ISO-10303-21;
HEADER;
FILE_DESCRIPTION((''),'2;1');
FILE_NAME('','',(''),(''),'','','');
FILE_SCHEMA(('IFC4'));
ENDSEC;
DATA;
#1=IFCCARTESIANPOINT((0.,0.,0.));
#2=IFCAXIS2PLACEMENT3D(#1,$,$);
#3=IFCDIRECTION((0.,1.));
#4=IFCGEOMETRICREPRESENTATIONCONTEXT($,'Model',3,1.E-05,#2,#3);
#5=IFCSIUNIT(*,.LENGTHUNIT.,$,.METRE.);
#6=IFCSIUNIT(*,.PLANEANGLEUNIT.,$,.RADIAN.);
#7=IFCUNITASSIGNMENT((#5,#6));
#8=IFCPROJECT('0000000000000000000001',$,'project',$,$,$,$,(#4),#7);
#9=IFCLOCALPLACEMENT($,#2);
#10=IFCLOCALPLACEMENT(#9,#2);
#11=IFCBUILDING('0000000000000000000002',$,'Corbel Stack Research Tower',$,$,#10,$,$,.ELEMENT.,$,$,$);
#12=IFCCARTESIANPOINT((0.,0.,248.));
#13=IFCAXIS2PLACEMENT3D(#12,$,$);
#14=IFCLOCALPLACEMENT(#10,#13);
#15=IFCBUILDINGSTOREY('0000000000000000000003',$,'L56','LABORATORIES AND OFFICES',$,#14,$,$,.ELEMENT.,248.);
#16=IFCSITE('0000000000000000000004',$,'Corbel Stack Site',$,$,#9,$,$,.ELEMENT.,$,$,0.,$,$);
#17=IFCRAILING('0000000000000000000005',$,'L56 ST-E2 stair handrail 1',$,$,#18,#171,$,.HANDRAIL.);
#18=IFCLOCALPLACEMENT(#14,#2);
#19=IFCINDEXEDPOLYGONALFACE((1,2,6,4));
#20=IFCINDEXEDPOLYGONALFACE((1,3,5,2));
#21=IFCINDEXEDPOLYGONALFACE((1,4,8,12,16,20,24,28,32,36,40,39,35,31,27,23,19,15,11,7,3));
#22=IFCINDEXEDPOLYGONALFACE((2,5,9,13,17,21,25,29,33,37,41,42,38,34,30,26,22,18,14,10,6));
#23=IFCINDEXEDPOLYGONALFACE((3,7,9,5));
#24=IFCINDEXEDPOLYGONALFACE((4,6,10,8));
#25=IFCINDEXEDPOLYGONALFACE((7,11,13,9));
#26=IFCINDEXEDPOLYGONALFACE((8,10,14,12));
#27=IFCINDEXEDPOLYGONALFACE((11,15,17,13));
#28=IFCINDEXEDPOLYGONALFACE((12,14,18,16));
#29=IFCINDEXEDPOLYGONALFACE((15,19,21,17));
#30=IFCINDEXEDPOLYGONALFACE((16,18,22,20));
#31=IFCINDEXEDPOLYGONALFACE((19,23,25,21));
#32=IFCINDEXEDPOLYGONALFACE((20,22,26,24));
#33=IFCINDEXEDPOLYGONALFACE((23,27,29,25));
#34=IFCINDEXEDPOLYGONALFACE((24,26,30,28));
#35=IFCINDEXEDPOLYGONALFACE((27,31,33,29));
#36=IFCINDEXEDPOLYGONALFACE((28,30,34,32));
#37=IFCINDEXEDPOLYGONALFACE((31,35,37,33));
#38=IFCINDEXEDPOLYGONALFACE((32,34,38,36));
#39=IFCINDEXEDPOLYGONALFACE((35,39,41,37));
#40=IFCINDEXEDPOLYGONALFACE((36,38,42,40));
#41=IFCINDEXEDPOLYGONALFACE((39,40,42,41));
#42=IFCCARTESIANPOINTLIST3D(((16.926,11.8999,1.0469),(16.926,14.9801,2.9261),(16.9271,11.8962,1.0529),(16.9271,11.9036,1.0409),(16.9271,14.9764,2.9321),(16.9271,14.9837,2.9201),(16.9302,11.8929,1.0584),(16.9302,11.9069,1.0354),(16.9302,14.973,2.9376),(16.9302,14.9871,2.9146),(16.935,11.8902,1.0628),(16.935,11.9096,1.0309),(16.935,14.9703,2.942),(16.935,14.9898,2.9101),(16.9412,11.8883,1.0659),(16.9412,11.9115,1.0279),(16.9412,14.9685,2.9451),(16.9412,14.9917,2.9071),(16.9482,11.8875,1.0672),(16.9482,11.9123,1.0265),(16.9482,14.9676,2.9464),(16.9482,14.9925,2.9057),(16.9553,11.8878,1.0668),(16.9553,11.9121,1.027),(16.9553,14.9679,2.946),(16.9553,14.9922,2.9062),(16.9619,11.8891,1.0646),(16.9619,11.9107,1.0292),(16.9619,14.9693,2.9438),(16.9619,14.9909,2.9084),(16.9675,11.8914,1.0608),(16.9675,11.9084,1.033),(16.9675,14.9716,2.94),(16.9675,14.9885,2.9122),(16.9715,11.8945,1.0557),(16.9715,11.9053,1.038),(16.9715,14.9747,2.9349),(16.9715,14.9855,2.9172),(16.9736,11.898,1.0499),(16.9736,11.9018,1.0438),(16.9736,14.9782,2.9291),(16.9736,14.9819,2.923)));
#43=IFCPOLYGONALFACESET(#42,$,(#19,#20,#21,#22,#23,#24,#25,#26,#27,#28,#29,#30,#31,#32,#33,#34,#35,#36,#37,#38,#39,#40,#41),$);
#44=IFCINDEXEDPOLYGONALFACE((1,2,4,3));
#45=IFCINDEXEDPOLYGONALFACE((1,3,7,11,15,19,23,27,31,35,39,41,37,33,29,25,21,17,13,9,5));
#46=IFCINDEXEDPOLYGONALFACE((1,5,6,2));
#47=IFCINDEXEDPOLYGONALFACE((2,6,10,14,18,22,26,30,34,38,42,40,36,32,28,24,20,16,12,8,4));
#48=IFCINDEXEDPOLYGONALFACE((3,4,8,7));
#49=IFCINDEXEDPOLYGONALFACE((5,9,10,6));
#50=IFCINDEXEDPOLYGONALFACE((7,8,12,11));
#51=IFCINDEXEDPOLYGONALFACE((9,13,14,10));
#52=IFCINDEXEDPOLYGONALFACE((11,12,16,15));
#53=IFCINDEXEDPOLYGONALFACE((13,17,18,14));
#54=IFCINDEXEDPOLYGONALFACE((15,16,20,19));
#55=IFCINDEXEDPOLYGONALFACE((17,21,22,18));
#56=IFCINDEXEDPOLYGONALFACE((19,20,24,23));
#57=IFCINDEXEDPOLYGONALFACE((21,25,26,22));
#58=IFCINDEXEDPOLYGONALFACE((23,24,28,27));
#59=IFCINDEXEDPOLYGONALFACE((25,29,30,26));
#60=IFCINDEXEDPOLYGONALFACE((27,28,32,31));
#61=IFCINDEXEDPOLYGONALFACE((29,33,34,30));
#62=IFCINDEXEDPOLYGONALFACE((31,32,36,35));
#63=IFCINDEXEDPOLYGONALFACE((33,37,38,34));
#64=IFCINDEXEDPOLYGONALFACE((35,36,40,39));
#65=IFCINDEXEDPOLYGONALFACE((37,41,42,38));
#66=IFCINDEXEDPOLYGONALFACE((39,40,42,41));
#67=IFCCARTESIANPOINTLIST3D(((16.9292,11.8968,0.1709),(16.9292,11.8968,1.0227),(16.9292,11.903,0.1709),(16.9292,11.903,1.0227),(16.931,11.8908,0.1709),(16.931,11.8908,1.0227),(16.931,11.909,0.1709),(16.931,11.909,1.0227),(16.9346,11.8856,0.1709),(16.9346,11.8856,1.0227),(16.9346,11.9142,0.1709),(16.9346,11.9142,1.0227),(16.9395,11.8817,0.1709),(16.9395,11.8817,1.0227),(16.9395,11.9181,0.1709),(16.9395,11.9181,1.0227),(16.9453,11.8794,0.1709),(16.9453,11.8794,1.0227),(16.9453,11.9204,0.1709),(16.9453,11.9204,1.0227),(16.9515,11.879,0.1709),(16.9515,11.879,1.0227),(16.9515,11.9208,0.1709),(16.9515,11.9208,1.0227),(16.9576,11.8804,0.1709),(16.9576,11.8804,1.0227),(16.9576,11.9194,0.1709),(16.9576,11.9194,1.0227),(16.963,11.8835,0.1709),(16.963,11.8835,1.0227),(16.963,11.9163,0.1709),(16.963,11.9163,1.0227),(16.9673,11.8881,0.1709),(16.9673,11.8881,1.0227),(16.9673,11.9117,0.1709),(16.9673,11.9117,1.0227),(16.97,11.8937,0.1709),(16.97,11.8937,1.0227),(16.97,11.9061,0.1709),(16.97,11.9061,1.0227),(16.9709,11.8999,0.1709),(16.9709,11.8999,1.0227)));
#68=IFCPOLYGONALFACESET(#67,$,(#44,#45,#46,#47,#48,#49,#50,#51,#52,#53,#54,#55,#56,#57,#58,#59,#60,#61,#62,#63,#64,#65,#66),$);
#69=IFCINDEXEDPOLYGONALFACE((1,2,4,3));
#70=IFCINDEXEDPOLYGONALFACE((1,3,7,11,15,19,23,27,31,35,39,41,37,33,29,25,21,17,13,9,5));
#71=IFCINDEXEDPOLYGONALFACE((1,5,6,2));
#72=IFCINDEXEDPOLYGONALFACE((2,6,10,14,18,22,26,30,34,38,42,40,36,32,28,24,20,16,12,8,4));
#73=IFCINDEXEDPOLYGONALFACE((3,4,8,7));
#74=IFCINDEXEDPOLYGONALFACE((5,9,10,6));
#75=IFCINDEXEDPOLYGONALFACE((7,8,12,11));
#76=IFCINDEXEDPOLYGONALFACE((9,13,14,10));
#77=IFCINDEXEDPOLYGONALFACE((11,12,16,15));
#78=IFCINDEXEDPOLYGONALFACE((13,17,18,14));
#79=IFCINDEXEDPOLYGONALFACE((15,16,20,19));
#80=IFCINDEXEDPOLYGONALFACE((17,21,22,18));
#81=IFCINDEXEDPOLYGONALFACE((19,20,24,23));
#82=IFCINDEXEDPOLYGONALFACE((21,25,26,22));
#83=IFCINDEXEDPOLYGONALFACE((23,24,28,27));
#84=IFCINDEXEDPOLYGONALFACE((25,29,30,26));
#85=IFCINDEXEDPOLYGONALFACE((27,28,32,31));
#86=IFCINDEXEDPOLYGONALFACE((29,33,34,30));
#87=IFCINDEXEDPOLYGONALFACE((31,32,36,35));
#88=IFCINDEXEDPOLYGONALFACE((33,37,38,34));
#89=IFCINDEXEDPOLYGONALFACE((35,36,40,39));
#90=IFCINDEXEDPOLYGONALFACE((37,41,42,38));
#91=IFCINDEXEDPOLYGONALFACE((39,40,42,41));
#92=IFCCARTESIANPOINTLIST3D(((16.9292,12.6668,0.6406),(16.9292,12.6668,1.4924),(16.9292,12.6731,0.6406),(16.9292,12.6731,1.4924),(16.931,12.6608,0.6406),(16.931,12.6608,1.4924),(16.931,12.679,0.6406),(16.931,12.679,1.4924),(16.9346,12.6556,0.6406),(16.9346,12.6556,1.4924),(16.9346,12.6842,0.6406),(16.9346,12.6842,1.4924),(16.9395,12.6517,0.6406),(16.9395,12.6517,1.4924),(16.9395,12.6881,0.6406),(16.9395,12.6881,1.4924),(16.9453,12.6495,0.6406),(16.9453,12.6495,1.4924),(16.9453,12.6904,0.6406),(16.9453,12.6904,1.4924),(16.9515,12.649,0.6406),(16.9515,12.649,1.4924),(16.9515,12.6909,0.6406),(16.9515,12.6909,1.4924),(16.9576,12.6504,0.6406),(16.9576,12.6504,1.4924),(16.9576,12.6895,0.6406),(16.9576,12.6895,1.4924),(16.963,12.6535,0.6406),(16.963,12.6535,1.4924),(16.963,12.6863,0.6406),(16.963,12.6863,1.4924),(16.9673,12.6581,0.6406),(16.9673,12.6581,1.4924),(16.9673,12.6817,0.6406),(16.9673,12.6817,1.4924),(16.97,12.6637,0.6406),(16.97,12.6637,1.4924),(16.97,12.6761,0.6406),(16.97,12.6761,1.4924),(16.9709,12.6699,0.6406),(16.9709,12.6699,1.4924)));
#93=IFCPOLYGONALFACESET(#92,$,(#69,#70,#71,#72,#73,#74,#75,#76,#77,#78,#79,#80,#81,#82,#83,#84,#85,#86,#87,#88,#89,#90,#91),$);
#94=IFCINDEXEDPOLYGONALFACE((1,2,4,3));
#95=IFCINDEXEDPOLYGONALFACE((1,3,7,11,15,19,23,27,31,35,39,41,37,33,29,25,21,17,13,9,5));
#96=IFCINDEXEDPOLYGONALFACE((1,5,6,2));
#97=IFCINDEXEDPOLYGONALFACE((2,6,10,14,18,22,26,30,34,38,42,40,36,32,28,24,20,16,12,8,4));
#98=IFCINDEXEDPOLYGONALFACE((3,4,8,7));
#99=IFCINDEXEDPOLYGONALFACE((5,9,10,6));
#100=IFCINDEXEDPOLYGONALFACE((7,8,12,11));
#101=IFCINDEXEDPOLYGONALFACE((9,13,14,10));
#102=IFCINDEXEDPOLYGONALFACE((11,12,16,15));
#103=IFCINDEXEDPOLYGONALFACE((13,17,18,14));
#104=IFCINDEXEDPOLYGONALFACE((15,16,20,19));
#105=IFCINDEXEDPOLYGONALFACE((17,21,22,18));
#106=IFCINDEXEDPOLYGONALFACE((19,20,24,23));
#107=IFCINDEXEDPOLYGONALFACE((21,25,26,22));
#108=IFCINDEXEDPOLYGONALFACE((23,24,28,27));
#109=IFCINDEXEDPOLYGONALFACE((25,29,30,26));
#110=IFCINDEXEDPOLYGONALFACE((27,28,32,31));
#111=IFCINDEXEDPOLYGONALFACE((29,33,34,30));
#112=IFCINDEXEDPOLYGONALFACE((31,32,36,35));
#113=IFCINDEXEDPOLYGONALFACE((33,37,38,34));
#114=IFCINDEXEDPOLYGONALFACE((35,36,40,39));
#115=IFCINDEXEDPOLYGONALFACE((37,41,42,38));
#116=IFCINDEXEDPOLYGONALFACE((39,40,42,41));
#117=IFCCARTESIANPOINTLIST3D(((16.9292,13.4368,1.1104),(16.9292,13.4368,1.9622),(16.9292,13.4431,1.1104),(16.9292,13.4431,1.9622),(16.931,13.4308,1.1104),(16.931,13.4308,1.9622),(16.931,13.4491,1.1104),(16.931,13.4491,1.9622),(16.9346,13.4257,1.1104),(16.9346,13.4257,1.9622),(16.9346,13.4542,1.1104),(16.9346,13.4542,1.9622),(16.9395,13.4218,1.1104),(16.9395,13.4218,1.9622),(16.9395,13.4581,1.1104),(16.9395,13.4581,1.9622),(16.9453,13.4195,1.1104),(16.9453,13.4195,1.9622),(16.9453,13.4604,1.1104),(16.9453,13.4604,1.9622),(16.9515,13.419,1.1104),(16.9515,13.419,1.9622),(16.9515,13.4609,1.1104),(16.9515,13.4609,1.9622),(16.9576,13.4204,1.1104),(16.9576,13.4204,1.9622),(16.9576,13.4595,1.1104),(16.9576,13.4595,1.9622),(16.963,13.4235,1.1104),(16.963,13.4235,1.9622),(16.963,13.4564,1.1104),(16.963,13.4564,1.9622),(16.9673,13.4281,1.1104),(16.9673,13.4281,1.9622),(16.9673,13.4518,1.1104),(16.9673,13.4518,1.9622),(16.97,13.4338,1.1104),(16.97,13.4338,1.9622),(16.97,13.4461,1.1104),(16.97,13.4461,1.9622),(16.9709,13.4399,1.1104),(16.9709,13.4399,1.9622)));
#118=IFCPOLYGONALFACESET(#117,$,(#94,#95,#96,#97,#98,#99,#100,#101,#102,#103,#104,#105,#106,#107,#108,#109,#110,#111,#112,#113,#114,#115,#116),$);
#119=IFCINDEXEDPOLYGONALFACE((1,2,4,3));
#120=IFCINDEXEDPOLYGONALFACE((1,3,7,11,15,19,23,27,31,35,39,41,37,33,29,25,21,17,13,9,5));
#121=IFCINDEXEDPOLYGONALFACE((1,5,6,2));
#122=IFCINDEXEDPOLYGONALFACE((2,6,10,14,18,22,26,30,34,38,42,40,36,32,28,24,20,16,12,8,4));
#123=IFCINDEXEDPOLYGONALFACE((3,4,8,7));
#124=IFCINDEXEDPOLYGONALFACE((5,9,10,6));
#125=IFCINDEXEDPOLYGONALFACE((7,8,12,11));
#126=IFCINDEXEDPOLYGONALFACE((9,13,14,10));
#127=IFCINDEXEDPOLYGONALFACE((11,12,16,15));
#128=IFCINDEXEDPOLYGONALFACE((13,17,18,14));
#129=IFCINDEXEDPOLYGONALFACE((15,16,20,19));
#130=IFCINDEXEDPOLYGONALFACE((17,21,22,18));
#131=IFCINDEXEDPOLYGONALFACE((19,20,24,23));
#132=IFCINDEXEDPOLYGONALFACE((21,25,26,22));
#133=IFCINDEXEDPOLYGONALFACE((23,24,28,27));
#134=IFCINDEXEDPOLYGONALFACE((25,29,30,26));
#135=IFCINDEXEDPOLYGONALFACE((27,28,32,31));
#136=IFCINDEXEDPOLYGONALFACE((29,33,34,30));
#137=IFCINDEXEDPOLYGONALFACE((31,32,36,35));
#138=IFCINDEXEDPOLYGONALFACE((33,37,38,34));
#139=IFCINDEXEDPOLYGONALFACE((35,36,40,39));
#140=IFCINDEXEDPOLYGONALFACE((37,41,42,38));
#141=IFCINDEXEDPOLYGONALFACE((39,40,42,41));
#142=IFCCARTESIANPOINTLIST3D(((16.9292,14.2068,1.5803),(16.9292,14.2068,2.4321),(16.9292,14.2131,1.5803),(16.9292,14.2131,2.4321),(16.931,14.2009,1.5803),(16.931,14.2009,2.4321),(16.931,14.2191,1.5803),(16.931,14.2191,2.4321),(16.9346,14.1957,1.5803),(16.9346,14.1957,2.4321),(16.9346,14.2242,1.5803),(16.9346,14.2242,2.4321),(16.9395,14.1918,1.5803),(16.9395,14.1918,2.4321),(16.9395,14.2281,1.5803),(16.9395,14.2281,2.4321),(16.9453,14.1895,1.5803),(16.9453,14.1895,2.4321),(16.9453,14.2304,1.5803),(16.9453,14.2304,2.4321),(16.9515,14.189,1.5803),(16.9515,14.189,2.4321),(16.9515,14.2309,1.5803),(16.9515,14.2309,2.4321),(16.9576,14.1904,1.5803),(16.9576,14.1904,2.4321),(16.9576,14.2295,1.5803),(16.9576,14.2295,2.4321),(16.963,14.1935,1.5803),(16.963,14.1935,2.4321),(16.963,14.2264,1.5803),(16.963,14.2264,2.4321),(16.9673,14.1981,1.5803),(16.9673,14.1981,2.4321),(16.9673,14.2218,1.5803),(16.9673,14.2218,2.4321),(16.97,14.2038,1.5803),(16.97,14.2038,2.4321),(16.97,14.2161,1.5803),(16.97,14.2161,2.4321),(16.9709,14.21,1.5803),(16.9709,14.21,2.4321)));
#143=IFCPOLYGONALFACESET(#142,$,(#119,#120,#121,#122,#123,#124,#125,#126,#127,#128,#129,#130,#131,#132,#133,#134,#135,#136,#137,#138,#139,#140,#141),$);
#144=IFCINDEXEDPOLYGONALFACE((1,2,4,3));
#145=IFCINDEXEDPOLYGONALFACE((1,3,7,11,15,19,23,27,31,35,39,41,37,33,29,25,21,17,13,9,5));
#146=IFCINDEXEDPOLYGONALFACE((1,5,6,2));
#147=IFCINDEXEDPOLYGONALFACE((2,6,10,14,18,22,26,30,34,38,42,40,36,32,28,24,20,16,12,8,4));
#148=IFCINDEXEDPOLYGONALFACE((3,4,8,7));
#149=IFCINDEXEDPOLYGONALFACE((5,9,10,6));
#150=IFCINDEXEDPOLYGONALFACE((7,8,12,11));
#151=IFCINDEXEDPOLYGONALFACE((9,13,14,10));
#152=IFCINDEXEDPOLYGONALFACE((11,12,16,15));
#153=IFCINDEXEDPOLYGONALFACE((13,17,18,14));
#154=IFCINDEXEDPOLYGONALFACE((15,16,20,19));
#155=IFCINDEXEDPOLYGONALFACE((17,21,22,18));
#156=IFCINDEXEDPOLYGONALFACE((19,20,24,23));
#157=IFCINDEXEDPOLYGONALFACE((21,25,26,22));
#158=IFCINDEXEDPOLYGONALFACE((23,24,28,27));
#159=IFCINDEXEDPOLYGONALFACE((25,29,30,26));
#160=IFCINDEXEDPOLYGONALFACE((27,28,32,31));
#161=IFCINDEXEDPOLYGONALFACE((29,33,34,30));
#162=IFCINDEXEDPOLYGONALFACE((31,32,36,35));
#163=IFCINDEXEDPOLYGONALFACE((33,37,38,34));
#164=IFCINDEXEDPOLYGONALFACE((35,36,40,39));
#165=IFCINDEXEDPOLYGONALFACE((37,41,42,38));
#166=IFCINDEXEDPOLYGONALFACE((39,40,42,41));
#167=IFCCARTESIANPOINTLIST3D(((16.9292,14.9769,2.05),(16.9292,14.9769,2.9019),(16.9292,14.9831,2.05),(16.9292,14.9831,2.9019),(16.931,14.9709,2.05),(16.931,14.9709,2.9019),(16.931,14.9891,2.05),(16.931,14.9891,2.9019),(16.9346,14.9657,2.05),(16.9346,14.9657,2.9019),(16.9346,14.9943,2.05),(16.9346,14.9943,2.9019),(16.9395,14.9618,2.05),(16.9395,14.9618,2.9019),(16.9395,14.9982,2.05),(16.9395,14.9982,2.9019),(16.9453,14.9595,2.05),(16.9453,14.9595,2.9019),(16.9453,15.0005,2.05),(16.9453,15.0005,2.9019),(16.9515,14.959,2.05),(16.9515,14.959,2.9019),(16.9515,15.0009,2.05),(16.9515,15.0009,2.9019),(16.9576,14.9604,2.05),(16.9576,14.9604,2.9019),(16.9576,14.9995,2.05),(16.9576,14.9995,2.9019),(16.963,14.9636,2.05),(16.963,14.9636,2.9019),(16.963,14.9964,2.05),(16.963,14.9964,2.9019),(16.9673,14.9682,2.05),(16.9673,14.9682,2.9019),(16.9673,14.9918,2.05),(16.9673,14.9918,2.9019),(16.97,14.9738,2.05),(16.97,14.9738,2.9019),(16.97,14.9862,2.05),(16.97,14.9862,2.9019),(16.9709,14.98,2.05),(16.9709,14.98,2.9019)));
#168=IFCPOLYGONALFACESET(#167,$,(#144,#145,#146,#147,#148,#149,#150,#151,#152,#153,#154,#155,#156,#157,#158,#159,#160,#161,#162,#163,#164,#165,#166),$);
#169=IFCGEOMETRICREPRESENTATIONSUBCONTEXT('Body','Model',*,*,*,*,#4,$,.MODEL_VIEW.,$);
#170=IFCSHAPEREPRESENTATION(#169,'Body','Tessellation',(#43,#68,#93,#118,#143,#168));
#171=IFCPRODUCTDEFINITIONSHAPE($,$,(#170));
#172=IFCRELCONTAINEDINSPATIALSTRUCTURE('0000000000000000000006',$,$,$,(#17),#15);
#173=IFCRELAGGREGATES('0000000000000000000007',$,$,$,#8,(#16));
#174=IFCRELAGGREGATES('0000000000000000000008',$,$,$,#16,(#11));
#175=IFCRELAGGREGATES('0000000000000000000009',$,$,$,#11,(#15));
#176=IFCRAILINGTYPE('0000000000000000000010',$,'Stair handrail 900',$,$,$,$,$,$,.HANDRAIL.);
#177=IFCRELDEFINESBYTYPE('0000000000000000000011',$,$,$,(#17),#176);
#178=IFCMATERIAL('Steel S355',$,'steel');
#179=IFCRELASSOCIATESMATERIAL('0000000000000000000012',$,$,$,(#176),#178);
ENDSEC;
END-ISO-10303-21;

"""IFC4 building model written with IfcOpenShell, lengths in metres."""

from ifc_helpers import new_model, si_unit, direction, frame, origin, origin_2d, place, context, subcontext, project, spatial, circle, extrude, material, type_object, element, save


model = new_model("IFC4")

# Units and contexts
model_context = context("Model", 3, precision=1e-05, world=origin(), true_north=direction((0.0, 1.0)))
body_context = subcontext(model_context, "Body", "Model", "MODEL_VIEW")
ifc_project = project(units=[si_unit("LENGTHUNIT", "METRE"), si_unit("PLANEANGLEUNIT", "RADIAN")], contexts=[model_context])

# Site, building, storey
site_placement = place(None, origin())
site = spatial("IfcSite", under=ifc_project, at=site_placement, Name="Corbel Stack Site", CompositionType="ELEMENT", RefElevation=0.0)
building_placement = place(site_placement, origin())
building = spatial("IfcBuilding", under=site, at=building_placement, Name="Corbel Stack Research Tower", CompositionType="ELEMENT")
storey_placement = place(building_placement, frame((0.0, 0.0, 248.0)))
storey = spatial("IfcBuildingStorey", under=building, at=storey_placement, Name="L56", Description="LABORATORIES AND OFFICES", CompositionType="ELEMENT", Elevation=248.0)

# Railing
ifc_material_1 = material(Name="Steel S355", Category="steel")
railing_type_1 = type_object("IfcRailingType", Name="Stair handrail 900", PredefinedType="HANDRAIL", material=ifc_material_1)
railing_1_placement = place(storey_placement, frame((16.95, 11.8999, 0.1709)))
element("IfcRailing", 1, at=railing_1_placement, inside=storey, type_object=railing_type_1, Name="L56 ST-E2 stair handrail 1", PredefinedType="HANDRAIL", context=body_context, shape_type="SweptSolid", body=[
    extrude(circle(Radius=0.0239, at=origin_2d()), frame((0.0, 0.0, 0.876), z_axis=(0.0, 0.853666, 0.52082), x_axis=(-1.0, 0.0, 0.0)), (0.0, 0.0, 1.0), 3.6082),
    extrude(circle(Radius=0.021, at=origin_2d()), origin(), (0.0, 0.0, 1.0), 0.8518),
    extrude(circle(Radius=0.021, at=origin_2d()), frame((0.0, 0.77, 0.4697)), (0.0, 0.0, 1.0), 0.8518),
    extrude(circle(Radius=0.021, at=origin_2d()), frame((0.0, 1.54, 0.9395)), (0.0, 0.0, 1.0), 0.8518),
    extrude(circle(Radius=0.021, at=origin_2d()), frame((0.0, 2.3101, 1.4094)), (0.0, 0.0, 1.0), 0.8518),
    extrude(circle(Radius=0.021, at=origin_2d()), frame((0.0, 3.0801, 1.8792)), (0.0, 0.0, 1.0), 0.8518),
])

save(model, "model.ifc")
